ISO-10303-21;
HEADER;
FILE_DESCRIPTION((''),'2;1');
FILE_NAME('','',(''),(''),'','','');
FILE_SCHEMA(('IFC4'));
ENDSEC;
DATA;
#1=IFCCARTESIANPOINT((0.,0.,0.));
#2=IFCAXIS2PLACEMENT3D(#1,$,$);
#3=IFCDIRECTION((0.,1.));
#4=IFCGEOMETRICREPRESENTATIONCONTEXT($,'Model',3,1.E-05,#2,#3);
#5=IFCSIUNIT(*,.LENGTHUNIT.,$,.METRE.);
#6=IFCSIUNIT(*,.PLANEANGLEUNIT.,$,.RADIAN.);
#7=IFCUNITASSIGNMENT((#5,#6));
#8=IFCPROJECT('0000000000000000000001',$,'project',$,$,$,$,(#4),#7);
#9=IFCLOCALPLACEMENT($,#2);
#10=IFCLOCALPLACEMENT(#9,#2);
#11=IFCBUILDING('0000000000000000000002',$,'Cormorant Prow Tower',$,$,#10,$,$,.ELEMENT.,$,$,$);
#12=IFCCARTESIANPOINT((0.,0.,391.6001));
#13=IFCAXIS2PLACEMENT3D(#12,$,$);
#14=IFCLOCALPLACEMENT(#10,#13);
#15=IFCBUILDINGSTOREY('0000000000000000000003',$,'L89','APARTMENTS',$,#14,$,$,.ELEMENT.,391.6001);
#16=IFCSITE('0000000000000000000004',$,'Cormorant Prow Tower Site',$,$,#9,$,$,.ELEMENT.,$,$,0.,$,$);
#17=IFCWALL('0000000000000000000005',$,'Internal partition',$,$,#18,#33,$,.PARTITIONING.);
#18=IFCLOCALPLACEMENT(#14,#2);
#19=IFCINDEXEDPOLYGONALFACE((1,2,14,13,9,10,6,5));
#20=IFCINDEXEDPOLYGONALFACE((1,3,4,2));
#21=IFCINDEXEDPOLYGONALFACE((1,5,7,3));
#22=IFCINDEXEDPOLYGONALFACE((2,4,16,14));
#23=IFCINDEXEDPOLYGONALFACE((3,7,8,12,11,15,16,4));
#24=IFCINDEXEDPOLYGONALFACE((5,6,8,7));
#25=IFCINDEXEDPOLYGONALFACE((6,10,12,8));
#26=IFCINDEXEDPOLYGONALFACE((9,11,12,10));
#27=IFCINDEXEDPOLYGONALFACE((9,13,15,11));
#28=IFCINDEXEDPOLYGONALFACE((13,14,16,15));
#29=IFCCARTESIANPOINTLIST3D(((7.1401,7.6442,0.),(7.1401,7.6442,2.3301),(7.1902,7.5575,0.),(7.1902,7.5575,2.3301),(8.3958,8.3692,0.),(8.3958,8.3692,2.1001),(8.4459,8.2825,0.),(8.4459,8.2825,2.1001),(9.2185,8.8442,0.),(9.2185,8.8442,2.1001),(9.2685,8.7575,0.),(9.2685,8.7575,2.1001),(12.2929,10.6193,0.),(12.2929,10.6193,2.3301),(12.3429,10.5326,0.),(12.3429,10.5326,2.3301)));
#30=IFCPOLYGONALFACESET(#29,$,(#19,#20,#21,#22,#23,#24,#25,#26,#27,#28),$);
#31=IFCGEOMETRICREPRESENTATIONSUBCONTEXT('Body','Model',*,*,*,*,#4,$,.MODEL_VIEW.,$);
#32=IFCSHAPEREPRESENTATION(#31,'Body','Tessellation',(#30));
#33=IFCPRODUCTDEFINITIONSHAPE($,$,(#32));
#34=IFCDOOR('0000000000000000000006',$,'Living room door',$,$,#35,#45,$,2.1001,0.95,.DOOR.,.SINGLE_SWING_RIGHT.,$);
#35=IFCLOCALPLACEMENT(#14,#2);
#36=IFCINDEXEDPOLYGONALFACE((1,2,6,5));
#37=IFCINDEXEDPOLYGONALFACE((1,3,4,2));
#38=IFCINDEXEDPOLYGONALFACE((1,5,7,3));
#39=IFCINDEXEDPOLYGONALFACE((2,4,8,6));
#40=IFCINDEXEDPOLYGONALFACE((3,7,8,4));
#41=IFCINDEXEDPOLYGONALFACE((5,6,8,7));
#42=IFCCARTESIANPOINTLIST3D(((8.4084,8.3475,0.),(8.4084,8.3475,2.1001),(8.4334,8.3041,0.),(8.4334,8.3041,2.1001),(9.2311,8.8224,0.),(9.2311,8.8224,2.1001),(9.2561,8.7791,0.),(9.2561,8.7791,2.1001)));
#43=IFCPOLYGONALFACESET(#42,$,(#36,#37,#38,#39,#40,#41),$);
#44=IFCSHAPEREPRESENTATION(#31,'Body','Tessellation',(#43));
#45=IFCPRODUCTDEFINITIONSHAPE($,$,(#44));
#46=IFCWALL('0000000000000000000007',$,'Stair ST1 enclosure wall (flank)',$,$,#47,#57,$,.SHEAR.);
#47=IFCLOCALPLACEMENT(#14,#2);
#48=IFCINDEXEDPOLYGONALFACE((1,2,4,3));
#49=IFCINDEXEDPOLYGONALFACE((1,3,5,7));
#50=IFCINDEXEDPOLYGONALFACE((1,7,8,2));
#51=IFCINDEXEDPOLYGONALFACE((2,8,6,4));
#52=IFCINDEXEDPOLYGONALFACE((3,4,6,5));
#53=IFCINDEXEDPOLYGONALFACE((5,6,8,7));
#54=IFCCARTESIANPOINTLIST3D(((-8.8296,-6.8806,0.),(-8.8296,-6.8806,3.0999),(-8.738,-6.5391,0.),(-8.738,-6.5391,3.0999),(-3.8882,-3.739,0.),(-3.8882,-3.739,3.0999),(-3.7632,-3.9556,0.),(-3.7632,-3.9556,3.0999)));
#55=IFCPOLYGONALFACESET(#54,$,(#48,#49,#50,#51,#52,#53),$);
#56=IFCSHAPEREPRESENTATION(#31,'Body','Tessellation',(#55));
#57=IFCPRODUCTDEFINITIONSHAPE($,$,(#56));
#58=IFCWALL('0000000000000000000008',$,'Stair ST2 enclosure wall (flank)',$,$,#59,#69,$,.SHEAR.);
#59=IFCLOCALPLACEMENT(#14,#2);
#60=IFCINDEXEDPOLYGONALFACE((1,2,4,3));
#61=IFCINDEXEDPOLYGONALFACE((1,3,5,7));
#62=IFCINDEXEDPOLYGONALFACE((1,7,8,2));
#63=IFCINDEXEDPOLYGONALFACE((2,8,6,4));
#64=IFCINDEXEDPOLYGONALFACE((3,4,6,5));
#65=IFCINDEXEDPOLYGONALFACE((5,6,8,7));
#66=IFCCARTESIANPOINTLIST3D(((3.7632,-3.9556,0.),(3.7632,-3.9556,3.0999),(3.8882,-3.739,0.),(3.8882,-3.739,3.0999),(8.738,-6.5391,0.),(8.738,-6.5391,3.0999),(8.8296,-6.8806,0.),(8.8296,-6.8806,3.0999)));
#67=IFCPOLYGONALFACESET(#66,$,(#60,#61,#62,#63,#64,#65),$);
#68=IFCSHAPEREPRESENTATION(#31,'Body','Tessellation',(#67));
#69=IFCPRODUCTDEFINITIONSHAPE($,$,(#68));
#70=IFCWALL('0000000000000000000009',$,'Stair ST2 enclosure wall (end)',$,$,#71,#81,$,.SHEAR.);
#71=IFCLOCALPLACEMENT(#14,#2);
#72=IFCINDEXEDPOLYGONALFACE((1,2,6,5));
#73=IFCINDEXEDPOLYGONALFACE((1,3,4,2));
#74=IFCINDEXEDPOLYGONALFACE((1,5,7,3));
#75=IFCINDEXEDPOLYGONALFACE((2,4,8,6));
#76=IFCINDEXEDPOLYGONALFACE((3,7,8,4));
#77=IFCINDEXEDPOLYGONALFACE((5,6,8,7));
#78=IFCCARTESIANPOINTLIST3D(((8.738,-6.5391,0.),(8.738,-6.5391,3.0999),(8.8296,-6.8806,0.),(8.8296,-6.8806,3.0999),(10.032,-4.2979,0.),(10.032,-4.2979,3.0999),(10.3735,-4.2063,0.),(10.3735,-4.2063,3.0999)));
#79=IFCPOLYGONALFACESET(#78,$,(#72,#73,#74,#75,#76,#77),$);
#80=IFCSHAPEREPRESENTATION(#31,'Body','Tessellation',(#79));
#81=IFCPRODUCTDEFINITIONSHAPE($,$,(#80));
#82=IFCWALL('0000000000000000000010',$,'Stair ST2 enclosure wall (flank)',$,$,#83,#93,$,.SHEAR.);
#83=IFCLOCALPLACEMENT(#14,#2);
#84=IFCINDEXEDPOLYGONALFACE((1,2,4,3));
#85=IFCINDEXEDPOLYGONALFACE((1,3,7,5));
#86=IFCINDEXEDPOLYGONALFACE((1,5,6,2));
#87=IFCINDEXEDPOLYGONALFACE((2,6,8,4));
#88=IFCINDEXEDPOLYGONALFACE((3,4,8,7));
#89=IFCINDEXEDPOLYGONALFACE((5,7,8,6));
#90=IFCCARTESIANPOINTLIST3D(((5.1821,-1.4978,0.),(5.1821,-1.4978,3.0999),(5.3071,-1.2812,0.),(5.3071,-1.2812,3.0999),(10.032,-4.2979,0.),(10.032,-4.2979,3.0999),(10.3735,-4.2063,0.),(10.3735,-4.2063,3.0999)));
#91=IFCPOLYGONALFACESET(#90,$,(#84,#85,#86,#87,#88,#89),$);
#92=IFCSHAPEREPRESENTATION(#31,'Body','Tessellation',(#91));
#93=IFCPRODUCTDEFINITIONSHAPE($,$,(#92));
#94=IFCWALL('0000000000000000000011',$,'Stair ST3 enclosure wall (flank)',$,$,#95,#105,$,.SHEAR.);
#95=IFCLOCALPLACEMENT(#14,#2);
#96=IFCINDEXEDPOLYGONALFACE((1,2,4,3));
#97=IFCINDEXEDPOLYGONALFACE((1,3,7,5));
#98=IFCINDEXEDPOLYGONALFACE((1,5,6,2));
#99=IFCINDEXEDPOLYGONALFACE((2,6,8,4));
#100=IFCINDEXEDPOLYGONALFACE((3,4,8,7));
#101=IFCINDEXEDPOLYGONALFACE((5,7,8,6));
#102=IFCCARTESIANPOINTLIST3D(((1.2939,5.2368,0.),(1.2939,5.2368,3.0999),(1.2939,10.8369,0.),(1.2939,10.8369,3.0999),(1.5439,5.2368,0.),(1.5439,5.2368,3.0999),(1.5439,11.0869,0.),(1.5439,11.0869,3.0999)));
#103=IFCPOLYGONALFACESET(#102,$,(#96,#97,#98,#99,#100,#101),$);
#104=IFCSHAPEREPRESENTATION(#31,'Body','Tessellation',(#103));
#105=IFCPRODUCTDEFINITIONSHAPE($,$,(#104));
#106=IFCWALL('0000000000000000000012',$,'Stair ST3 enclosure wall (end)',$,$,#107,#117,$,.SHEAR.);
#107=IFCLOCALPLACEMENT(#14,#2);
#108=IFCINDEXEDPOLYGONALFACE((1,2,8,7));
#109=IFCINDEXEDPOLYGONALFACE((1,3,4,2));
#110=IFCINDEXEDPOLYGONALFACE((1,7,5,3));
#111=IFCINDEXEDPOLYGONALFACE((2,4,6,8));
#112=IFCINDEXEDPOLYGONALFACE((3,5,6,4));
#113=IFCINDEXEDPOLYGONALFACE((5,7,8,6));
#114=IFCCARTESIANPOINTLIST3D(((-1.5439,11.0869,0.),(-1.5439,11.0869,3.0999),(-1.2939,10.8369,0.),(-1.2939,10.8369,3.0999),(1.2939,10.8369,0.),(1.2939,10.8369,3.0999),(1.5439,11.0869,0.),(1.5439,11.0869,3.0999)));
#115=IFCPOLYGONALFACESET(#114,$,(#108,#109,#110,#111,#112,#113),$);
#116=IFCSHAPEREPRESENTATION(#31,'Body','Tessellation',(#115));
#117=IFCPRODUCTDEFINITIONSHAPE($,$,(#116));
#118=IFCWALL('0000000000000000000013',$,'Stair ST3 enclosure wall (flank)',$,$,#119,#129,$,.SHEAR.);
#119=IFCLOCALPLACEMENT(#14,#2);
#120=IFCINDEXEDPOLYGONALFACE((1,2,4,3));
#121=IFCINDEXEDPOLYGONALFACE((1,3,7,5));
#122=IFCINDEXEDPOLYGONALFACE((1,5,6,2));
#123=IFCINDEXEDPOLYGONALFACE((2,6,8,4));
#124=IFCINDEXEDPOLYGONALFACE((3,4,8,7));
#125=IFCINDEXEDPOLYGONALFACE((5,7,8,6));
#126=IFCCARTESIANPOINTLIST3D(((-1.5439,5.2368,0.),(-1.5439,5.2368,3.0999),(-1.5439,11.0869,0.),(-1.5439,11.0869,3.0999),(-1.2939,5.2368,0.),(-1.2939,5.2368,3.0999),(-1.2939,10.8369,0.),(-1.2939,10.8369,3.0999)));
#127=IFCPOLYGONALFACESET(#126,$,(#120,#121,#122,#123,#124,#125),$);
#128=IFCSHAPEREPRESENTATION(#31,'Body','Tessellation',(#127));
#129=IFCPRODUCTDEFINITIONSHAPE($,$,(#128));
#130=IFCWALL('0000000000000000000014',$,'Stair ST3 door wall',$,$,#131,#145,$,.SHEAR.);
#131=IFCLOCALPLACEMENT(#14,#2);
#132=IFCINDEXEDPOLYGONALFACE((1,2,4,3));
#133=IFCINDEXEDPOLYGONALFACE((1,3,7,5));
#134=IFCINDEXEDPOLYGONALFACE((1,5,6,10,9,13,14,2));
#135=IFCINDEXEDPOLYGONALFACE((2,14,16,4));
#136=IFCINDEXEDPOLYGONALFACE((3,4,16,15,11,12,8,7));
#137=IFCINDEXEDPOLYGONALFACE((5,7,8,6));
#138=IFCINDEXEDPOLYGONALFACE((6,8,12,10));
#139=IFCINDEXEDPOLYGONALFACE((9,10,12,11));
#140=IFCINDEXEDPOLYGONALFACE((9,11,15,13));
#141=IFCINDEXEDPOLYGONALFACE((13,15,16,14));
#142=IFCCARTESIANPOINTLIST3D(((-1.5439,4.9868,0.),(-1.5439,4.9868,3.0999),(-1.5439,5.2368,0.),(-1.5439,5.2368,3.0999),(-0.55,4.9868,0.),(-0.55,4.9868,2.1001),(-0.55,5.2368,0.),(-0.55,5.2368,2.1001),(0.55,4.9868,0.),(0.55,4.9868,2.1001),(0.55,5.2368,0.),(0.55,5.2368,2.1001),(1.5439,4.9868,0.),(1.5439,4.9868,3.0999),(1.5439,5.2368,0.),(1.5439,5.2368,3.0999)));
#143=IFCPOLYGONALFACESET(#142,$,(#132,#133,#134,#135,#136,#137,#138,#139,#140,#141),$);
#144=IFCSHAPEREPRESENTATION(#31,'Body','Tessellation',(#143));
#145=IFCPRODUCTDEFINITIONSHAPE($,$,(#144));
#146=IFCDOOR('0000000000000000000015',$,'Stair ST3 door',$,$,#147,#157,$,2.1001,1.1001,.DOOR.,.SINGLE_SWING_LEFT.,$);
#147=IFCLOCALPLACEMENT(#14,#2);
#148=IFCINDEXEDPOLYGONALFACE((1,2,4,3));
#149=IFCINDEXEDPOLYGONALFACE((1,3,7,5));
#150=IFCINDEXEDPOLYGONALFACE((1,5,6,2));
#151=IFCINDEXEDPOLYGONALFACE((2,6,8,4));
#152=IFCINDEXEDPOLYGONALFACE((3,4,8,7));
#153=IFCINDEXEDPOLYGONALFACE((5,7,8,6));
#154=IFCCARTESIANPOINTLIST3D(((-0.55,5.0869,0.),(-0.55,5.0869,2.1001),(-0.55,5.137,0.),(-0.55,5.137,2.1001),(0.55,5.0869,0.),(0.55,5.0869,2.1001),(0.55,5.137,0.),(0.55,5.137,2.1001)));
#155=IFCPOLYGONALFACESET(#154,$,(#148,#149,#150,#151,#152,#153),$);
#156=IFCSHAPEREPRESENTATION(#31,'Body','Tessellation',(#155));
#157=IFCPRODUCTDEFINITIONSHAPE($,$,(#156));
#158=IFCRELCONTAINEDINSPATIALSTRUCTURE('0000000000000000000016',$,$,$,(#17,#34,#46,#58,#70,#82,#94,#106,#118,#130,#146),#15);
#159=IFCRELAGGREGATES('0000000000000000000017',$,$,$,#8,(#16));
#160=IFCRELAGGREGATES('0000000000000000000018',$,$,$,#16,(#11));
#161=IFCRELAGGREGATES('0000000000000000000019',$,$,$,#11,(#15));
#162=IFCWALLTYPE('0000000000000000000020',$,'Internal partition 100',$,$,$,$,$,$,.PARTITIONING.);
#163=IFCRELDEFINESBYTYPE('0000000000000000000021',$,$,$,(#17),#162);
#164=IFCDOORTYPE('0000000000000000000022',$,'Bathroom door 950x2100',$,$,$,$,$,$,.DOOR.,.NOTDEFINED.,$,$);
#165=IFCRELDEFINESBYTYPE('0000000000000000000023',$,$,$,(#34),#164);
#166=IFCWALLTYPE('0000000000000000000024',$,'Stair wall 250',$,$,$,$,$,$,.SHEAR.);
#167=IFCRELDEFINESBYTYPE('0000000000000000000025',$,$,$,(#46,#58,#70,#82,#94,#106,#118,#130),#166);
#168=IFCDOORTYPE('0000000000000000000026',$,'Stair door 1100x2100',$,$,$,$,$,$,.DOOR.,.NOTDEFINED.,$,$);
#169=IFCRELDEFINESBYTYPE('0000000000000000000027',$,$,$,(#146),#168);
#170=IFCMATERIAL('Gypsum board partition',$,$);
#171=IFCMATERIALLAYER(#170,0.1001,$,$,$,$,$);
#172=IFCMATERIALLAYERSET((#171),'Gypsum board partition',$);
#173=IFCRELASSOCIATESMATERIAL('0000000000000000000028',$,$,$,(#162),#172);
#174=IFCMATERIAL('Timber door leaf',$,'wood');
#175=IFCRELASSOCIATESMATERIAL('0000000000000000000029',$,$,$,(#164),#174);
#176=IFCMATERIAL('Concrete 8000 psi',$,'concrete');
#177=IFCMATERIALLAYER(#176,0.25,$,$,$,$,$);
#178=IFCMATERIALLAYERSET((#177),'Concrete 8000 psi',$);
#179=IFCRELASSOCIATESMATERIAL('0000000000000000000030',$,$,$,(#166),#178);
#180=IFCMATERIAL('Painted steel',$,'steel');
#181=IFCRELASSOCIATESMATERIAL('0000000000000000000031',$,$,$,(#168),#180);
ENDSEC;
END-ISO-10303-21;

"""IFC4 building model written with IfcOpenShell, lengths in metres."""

from ifc_helpers import new_model, si_unit, direction, frame, frame_2d, origin, place, context, subcontext, project, spatial, polyline, rectangle, outline, extrude, material, layer, layer_set, type_object, element, fill, save


model = new_model("IFC4")

# Units and contexts
model_context = context("Model", 3, precision=1e-05, world=origin(), true_north=direction((0.0, 1.0)))
body_context = subcontext(model_context, "Body", "Model", "MODEL_VIEW")
ifc_project = project(units=[si_unit("LENGTHUNIT", "METRE"), si_unit("PLANEANGLEUNIT", "RADIAN")], contexts=[model_context])

# Site, building, storey
site_placement = place(None, origin())
site = spatial("IfcSite", under=ifc_project, at=site_placement, Name="Cormorant Prow Tower Site", CompositionType="ELEMENT", RefElevation=0.0)
building_placement = place(site_placement, origin())
building = spatial("IfcBuilding", under=site, at=building_placement, Name="Cormorant Prow Tower", CompositionType="ELEMENT")
storey_placement = place(building_placement, frame((0.0, 0.0, 391.6001)))
storey = spatial("IfcBuildingStorey", under=building, at=storey_placement, Name="L89", Description="APARTMENTS", CompositionType="ELEMENT", Elevation=391.6001)

# Wall, opening, door
ifc_material_1 = material(Name="Gypsum board partition")
ifc_layer_1 = layer(ifc_material_1, 0.1001)
ifc_layer_set_1 = layer_set([ifc_layer_1], Name="Gypsum board partition")
wall_type_1 = type_object("IfcWallType", Name="Internal partition 100", PredefinedType="PARTITIONING", material=ifc_layer_set_1)
wall_1_placement = place(storey_placement, frame((7.165, 7.6008, 0.0), z_axis=(0.0, 0.0, 1.0), x_axis=(0.866017, 0.500014, 0.0)))
wall_1 = element("IfcWall", 1, at=wall_1_placement, inside=storey, type_object=wall_type_1, Name="Internal partition", PredefinedType="PARTITIONING", context=body_context, shape_type="SweptSolid", body=[
    extrude(rectangle(XDim=5.95, YDim=0.1001, at=frame_2d((2.9751, 0.0))), origin(), (0.0, 0.0, 1.0), 2.3301),
])
opening_1_placement = place(wall_1_placement, frame((1.45, 0.0, 0.0)))
opening_1 = element("IfcOpeningElement", 2, at=opening_1_placement, cuts=wall_1, PredefinedType="OPENING", context=body_context, shape_type="SweptSolid", body=[
    extrude(rectangle(XDim=0.95, YDim=2.1001, at=frame_2d((0.4751, 1.05))), frame((0.0, 0.0601, 0.0), z_axis=(0.0, -1.0, 0.0), x_axis=(1.0, 0.0, 0.0)), (0.0, 0.0, 1.0), 0.1201),
])
ifc_material_2 = material(Name="Timber door leaf", Category="wood")
door_type_1 = type_object("IfcDoorType", Name="Bathroom door 950x2100", OperationType="NOTDEFINED", PredefinedType="DOOR", material=ifc_material_2)
door_1_placement = place(opening_1_placement, origin())
door_1 = element("IfcDoor", 3, at=door_1_placement, inside=storey, type_object=door_type_1, Name="Living room door", OperationType="SINGLE_SWING_RIGHT", OverallHeight=2.1001, OverallWidth=0.95, PredefinedType="DOOR", context=body_context, shape_type="SweptSolid", body=[
    extrude(rectangle(XDim=0.95, YDim=2.1001, at=frame_2d((0.4751, 1.05))), frame((0.0, 0.0249, 0.0), z_axis=(0.0, -1.0, 0.0), x_axis=(1.0, 0.0, 0.0)), (0.0, 0.0, 1.0), 0.05),
])
fill(opening_1, door_1)

# Walls
ifc_material_3 = material(Name="Concrete 8000 psi", Category="concrete")
ifc_layer_2 = layer(ifc_material_3, 0.25)
ifc_layer_set_2 = layer_set([ifc_layer_2], Name="Concrete 8000 psi")
wall_type_2 = type_object("IfcWallType", Name="Stair wall 250", PredefinedType="SHEAR", material=ifc_layer_set_2)
wall_2_placement = place(storey_placement, origin())
element("IfcWall", 4, at=wall_2_placement, inside=storey, type_object=wall_type_2, Name="Stair ST1 enclosure wall (flank)", PredefinedType="SHEAR", context=body_context, shape_type="SweptSolid", body=[
    extrude(outline(polyline([(-8.738, -6.5391), (-8.8296, -6.8806), (-3.7632, -3.9556), (-3.8882, -3.739), (-8.738, -6.5391)])), origin(), (0.0, 0.0, 1.0), 3.0999),
])
wall_3_placement = place(storey_placement, origin())
element("IfcWall", 5, at=wall_3_placement, inside=storey, type_object=wall_type_2, Name="Stair ST2 enclosure wall (flank)", PredefinedType="SHEAR", context=body_context, shape_type="SweptSolid", body=[
    extrude(outline(polyline([(3.7632, -3.9556), (8.8296, -6.8806), (8.738, -6.5391), (3.8882, -3.739), (3.7632, -3.9556)])), origin(), (0.0, 0.0, 1.0), 3.0999),
])
wall_4_placement = place(storey_placement, origin())
element("IfcWall", 6, at=wall_4_placement, inside=storey, type_object=wall_type_2, Name="Stair ST2 enclosure wall (end)", PredefinedType="SHEAR", context=body_context, shape_type="SweptSolid", body=[
    extrude(outline(polyline([(8.8296, -6.8806), (10.3735, -4.2063), (10.032, -4.2979), (8.738, -6.5391), (8.8296, -6.8806)])), origin(), (0.0, 0.0, 1.0), 3.0999),
])
wall_5_placement = place(storey_placement, origin())
element("IfcWall", 7, at=wall_5_placement, inside=storey, type_object=wall_type_2, Name="Stair ST2 enclosure wall (flank)", PredefinedType="SHEAR", context=body_context, shape_type="SweptSolid", body=[
    extrude(outline(polyline([(10.032, -4.2979), (10.3735, -4.2063), (5.3071, -1.2812), (5.1821, -1.4978), (10.032, -4.2979)])), origin(), (0.0, 0.0, 1.0), 3.0999),
])
wall_6_placement = place(storey_placement, origin())
element("IfcWall", 8, at=wall_6_placement, inside=storey, type_object=wall_type_2, Name="Stair ST3 enclosure wall (flank)", PredefinedType="SHEAR", context=body_context, shape_type="SweptSolid", body=[
    extrude(outline(polyline([(1.5439, 5.2368), (1.5439, 11.0869), (1.2939, 10.8369), (1.2939, 5.2368), (1.5439, 5.2368)])), origin(), (0.0, 0.0, 1.0), 3.0999),
])
wall_7_placement = place(storey_placement, origin())
element("IfcWall", 9, at=wall_7_placement, inside=storey, type_object=wall_type_2, Name="Stair ST3 enclosure wall (end)", PredefinedType="SHEAR", context=body_context, shape_type="SweptSolid", body=[
    extrude(outline(polyline([(1.5439, 11.0869), (-1.5439, 11.0869), (-1.2939, 10.8369), (1.2939, 10.8369), (1.5439, 11.0869)])), origin(), (0.0, 0.0, 1.0), 3.0999),
])
wall_8_placement = place(storey_placement, origin())
element("IfcWall", 10, at=wall_8_placement, inside=storey, type_object=wall_type_2, Name="Stair ST3 enclosure wall (flank)", PredefinedType="SHEAR", context=body_context, shape_type="SweptSolid", body=[
    extrude(outline(polyline([(-1.2939, 10.8369), (-1.5439, 11.0869), (-1.5439, 5.2368), (-1.2939, 5.2368), (-1.2939, 10.8369)])), origin(), (0.0, 0.0, 1.0), 3.0999),
])

# Wall, opening, door
wall_9_placement = place(storey_placement, frame((1.5439, 5.1118, 0.0), z_axis=(0.0, 0.0, 1.0), x_axis=(-1.0, 0.0, 0.0)))
wall_9 = element("IfcWall", 11, at=wall_9_placement, inside=storey, type_object=wall_type_2, Name="Stair ST3 door wall", PredefinedType="SHEAR", context=body_context, shape_type="SweptSolid", body=[
    extrude(rectangle(XDim=3.0879, YDim=0.25, at=frame_2d((1.5439, 0.0))), origin(), (0.0, 0.0, 1.0), 3.0999),
])
opening_2_placement = place(wall_9_placement, frame((0.9939, 0.0, 0.0)))
opening_2 = element("IfcOpeningElement", 12, at=opening_2_placement, cuts=wall_9, PredefinedType="OPENING", context=body_context, shape_type="SweptSolid", body=[
    extrude(rectangle(XDim=1.1001, YDim=2.1001, at=frame_2d((0.55, 1.05))), frame((0.0, 0.135, 0.0), z_axis=(0.0, -1.0, 0.0), x_axis=(1.0, 0.0, 0.0)), (0.0, 0.0, 1.0), 0.27),
])
ifc_material_4 = material(Name="Painted steel", Category="steel")
door_type_2 = type_object("IfcDoorType", Name="Stair door 1100x2100", OperationType="NOTDEFINED", PredefinedType="DOOR", material=ifc_material_4)
door_2_placement = place(opening_2_placement, origin())
door_2 = element("IfcDoor", 13, at=door_2_placement, inside=storey, type_object=door_type_2, Name="Stair ST3 door", OperationType="SINGLE_SWING_LEFT", OverallHeight=2.1001, OverallWidth=1.1001, PredefinedType="DOOR", context=body_context, shape_type="SweptSolid", body=[
    extrude(rectangle(XDim=1.1001, YDim=2.1001, at=frame_2d((0.55, 1.05))), frame((0.0, 0.0249, 0.0), z_axis=(0.0, -1.0, 0.0), x_axis=(1.0, 0.0, 0.0)), (0.0, 0.0, 1.0), 0.05),
])
fill(opening_2, door_2)

save(model, "model.ifc")
